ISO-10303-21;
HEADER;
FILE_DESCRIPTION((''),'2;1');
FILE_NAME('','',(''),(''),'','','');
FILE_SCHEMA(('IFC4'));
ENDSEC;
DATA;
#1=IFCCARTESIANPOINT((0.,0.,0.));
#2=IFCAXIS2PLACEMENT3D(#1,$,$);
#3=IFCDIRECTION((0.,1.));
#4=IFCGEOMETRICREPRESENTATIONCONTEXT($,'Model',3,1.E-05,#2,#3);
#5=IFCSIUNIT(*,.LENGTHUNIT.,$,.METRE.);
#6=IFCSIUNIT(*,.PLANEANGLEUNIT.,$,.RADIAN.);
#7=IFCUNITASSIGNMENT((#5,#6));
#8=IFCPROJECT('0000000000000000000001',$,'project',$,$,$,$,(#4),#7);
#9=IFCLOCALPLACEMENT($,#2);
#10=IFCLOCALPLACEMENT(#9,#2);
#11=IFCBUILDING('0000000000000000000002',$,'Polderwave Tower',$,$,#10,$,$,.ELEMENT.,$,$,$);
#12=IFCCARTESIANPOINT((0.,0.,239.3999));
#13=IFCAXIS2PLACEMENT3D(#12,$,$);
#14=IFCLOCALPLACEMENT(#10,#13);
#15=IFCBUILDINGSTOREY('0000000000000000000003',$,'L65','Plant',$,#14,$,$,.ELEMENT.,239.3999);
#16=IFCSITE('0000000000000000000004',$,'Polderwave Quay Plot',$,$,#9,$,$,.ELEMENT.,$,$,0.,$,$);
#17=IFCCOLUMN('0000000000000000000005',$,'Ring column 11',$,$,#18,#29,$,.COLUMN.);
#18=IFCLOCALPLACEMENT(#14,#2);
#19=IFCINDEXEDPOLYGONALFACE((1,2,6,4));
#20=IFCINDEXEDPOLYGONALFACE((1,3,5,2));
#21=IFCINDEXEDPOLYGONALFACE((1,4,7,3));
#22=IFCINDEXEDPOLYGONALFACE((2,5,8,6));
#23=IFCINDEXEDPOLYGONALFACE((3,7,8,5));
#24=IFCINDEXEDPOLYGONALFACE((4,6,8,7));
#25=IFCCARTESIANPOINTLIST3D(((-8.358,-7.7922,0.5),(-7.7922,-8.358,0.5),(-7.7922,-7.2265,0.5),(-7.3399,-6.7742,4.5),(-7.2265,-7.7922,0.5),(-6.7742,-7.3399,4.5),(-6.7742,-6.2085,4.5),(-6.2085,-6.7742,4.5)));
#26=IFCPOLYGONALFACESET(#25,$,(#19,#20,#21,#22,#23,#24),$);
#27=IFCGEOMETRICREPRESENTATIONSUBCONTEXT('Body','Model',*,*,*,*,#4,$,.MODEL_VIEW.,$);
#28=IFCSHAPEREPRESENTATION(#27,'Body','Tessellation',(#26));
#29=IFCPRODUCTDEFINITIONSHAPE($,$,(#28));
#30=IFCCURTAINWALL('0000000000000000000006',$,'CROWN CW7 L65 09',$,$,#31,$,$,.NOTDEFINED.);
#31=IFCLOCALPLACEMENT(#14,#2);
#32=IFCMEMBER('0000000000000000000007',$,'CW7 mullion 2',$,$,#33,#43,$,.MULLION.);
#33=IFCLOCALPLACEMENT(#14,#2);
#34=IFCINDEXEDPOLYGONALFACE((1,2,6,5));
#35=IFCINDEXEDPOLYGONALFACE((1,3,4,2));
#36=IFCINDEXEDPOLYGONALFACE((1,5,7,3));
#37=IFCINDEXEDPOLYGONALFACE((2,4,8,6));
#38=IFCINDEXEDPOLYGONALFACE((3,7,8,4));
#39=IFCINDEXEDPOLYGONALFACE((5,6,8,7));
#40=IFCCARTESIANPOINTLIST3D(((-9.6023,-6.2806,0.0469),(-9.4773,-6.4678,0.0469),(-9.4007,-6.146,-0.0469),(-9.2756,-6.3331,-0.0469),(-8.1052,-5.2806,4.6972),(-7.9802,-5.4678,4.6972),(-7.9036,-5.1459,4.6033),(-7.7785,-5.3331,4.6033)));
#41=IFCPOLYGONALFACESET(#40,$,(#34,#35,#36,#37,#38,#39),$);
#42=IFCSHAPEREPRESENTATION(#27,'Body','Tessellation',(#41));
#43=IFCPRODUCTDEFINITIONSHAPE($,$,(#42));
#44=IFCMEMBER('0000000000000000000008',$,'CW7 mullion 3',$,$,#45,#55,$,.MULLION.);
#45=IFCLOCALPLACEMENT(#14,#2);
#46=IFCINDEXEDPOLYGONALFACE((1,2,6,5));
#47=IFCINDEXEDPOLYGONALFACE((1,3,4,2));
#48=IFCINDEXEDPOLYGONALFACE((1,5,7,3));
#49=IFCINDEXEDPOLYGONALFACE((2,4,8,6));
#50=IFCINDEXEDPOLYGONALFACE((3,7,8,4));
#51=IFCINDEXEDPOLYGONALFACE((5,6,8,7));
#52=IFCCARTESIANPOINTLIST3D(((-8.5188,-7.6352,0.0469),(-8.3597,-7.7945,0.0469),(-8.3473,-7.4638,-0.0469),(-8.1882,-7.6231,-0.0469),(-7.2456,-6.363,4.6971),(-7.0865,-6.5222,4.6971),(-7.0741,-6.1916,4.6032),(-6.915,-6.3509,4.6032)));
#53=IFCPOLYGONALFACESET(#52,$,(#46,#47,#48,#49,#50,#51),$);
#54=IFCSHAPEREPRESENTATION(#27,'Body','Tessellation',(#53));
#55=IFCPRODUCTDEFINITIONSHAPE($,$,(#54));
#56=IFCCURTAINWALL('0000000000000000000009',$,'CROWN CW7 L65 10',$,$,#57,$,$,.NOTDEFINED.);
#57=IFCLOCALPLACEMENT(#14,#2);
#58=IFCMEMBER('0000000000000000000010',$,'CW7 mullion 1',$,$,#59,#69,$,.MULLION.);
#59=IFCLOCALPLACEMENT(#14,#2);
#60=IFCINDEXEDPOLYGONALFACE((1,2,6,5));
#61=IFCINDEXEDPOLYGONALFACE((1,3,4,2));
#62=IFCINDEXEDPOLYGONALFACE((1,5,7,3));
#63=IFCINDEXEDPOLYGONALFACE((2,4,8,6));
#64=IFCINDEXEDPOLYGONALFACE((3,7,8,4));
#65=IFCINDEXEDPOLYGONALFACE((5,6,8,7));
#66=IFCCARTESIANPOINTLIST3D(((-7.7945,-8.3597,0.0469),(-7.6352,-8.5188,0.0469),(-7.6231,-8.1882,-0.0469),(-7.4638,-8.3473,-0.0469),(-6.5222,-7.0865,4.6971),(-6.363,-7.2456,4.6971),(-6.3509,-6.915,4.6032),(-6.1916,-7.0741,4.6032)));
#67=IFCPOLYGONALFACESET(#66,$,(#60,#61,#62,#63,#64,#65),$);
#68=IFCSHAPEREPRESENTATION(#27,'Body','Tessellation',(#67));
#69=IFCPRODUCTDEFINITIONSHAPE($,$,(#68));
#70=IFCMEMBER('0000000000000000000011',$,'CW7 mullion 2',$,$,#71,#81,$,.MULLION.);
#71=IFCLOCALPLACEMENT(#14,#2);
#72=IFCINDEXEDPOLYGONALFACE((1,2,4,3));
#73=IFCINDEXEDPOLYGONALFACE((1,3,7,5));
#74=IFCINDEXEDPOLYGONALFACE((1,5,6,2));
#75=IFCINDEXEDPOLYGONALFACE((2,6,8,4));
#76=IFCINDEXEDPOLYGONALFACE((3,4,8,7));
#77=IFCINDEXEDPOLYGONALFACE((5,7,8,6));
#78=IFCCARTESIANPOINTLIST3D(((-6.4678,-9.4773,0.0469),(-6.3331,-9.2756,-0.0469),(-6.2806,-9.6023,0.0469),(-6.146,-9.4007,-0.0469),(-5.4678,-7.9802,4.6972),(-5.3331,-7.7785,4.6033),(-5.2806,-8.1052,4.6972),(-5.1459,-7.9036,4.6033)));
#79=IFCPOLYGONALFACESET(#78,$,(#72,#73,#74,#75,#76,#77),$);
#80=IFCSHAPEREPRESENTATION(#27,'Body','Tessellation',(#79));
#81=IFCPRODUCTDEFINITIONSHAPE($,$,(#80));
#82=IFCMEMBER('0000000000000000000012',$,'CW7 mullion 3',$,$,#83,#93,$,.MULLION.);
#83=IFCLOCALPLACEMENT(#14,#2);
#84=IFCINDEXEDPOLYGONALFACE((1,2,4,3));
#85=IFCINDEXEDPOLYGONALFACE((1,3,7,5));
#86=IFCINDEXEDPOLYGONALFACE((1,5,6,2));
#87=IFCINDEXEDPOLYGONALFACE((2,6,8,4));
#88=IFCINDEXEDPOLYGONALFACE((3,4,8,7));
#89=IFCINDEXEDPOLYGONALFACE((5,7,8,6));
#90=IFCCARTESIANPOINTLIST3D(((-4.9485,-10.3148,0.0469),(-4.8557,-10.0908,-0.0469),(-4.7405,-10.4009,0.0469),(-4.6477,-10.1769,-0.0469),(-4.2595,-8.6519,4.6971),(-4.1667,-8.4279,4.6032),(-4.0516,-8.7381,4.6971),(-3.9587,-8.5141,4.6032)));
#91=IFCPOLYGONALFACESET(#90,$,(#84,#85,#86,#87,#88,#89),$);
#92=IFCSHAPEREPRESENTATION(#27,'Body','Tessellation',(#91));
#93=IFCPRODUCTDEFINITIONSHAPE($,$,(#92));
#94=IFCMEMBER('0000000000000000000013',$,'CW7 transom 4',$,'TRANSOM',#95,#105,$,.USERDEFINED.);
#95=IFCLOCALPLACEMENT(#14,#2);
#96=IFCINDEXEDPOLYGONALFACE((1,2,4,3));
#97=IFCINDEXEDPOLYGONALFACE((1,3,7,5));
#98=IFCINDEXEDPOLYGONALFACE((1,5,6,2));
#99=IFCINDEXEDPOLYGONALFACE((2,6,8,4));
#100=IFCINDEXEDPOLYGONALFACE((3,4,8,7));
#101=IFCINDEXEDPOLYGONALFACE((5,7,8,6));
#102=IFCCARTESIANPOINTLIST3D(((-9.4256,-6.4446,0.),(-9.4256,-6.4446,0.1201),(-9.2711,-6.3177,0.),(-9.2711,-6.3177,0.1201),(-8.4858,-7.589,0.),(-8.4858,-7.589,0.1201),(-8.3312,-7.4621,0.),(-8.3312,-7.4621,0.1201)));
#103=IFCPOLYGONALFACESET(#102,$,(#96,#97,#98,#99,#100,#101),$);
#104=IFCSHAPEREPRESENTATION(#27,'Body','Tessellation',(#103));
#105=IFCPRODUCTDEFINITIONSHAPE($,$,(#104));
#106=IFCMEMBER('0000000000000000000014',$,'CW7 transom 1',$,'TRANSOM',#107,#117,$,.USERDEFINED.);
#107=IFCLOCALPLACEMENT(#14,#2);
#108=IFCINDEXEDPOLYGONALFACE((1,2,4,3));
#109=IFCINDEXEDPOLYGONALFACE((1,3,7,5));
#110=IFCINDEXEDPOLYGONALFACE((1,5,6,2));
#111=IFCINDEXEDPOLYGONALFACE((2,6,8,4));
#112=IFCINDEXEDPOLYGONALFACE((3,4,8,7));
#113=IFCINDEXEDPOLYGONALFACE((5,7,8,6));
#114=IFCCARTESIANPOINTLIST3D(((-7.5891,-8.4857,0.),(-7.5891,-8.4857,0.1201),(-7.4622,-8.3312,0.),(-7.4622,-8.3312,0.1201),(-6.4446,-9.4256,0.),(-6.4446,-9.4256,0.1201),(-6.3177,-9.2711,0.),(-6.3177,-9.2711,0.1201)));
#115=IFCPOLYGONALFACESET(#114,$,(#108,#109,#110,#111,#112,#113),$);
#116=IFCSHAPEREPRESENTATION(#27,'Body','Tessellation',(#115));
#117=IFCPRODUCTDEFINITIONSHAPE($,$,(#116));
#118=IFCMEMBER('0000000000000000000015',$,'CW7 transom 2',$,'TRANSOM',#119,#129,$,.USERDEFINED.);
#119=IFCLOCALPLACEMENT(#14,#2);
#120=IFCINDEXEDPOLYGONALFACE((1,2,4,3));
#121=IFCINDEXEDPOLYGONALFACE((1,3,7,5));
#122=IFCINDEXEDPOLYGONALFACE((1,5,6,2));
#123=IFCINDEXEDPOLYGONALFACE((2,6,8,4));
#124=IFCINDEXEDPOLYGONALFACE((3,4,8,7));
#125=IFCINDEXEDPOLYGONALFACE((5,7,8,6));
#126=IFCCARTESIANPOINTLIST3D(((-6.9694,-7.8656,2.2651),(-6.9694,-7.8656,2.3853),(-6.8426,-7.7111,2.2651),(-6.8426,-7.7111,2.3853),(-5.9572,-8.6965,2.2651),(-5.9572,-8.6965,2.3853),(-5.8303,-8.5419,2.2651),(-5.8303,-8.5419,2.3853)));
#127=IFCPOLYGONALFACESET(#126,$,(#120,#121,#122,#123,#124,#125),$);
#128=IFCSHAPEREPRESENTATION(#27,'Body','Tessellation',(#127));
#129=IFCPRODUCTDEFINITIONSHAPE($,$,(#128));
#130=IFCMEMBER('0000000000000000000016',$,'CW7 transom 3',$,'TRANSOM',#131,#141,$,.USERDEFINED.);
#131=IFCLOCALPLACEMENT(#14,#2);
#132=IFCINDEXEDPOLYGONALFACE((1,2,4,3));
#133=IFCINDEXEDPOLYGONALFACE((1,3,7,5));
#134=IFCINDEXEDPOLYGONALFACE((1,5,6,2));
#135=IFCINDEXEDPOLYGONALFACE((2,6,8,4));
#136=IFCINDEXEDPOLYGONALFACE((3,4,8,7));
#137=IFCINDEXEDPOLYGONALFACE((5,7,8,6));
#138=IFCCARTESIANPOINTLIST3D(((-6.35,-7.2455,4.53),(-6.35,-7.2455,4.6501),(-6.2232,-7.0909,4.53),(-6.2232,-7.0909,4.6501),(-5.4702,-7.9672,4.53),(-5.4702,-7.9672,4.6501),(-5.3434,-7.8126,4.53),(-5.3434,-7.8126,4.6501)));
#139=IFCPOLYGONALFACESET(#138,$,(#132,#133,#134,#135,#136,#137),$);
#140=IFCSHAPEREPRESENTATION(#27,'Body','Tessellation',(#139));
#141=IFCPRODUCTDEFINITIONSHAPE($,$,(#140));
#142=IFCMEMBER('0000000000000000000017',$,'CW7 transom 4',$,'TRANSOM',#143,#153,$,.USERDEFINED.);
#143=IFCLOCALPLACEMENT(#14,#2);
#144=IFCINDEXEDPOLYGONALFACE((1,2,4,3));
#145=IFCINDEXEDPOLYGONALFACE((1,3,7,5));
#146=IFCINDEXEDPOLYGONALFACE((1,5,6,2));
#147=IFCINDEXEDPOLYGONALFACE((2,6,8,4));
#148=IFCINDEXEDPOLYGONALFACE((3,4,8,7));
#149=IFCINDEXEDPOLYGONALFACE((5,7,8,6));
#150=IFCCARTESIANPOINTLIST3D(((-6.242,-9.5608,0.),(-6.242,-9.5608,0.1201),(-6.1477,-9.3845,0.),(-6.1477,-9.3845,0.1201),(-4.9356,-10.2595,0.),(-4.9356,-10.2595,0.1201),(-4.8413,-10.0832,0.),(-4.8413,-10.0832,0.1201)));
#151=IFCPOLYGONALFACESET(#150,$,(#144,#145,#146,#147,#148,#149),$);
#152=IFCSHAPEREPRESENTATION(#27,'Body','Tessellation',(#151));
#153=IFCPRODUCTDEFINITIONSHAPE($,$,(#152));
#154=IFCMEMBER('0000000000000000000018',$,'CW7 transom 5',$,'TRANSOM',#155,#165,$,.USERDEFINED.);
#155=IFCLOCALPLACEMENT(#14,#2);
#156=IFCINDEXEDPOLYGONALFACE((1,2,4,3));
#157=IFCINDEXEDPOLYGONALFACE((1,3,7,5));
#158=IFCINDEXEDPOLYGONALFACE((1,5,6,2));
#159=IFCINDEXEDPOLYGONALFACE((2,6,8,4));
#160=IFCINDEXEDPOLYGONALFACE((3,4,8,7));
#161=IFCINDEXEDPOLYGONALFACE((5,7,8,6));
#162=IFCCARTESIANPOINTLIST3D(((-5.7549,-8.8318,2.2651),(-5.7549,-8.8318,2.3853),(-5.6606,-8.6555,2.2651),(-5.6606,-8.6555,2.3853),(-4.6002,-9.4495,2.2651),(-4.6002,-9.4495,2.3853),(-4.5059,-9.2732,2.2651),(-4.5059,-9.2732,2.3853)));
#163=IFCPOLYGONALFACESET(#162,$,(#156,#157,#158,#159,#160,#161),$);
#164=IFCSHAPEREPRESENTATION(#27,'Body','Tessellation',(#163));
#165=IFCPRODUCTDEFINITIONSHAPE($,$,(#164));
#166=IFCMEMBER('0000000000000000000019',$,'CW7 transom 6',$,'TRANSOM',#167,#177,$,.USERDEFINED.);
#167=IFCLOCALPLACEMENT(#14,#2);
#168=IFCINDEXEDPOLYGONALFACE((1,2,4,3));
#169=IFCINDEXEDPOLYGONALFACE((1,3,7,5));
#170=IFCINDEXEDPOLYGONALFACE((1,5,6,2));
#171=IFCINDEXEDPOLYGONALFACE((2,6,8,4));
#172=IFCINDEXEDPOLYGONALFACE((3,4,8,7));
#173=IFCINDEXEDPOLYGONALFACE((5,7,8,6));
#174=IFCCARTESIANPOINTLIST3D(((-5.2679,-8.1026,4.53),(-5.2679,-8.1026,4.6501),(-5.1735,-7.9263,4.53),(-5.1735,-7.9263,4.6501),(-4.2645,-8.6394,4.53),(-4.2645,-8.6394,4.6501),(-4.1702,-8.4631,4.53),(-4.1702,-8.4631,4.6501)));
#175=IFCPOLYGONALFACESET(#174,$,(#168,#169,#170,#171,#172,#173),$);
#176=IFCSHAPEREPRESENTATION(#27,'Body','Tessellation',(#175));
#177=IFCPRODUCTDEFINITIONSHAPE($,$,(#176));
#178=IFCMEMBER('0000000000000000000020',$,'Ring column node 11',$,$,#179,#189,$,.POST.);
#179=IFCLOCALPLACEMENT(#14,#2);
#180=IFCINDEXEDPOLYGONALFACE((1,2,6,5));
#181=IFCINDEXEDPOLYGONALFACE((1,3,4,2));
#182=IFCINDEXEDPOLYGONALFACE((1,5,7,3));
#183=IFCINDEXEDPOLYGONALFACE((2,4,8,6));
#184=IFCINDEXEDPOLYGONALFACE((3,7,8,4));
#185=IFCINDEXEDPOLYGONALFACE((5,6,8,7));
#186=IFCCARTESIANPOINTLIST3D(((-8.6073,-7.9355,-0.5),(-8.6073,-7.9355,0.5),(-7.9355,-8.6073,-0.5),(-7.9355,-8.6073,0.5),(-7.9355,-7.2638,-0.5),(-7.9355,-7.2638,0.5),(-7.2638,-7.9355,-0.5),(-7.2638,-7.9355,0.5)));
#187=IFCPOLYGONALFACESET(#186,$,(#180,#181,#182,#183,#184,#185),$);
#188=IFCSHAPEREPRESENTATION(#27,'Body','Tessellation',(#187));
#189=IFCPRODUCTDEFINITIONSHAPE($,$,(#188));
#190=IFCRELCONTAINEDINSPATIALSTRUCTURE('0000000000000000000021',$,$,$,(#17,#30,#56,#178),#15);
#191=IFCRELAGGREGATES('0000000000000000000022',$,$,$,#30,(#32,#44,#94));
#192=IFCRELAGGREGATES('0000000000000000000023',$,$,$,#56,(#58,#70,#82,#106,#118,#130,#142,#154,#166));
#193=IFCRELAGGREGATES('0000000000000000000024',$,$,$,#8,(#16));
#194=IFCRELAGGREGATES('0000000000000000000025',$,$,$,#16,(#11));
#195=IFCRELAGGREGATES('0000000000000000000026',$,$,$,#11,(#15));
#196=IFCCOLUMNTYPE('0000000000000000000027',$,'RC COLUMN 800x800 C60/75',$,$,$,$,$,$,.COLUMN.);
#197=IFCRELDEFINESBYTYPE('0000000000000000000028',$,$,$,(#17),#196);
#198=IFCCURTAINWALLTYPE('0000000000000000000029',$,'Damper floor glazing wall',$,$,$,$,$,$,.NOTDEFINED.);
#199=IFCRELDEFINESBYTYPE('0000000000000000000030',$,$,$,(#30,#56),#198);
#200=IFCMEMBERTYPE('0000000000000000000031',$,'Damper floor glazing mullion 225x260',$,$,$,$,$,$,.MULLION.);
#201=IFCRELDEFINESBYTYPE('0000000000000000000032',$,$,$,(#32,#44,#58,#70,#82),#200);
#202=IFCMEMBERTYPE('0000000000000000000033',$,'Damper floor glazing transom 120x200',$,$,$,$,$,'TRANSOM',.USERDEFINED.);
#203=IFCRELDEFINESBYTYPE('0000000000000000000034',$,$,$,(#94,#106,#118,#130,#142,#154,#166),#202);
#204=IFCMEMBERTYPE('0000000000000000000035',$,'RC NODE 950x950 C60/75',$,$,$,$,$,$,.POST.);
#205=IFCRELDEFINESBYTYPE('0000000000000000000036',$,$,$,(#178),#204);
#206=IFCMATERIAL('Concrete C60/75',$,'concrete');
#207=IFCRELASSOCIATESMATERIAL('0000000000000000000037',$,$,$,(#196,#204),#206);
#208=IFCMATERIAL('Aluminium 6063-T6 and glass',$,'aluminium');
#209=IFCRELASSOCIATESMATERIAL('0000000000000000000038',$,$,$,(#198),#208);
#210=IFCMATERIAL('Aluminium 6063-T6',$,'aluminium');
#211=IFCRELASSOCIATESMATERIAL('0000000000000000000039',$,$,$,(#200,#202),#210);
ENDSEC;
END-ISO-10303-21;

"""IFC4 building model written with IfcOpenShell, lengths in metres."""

from ifc_helpers import new_model, si_unit, direction, frame, origin, origin_2d, place, context, subcontext, project, spatial, rectangle, extrude, material, material_profile, profile_set, type_object, element, aggregate, save


model = new_model("IFC4")

# Units and contexts
model_context = context("Model", 3, precision=1e-05, world=origin(), true_north=direction((0.0, 1.0)))
body_context = subcontext(model_context, "Body", "Model", "MODEL_VIEW")
ifc_project = project(units=[si_unit("LENGTHUNIT", "METRE"), si_unit("PLANEANGLEUNIT", "RADIAN")], contexts=[model_context])

# Site, building, storey
site_placement = place(None, origin())
site = spatial("IfcSite", under=ifc_project, at=site_placement, Name="Polderwave Quay Plot", CompositionType="ELEMENT", RefElevation=0.0)
building_placement = place(site_placement, origin())
building = spatial("IfcBuilding", under=site, at=building_placement, Name="Polderwave Tower", CompositionType="ELEMENT")
storey_placement = place(building_placement, frame((0.0, 0.0, 239.3999)))
storey = spatial("IfcBuildingStorey", under=building, at=storey_placement, Name="L65", Description="Plant", CompositionType="ELEMENT", Elevation=239.3999)

# Column
ifc_material_1 = material(Name="Concrete C60/75", Category="concrete")
ifc_material_profile_1 = material_profile(ifc_material_1, rectangle(XDim=0.8, YDim=0.8, at=origin_2d()), Name="RC 800x800")
ifc_profile_set_1 = profile_set([ifc_material_profile_1], Name="Concrete C60/75")
column_type = type_object("IfcColumnType", Name="RC COLUMN 800x800 C60/75", PredefinedType="COLUMN", material=ifc_profile_set_1)
column_placement = place(storey_placement, frame((-7.7922, -7.7922, 0.5), z_axis=(0.0, 0.0, 1.0), x_axis=(-0.707107, 0.707107, 0.0)))
element("IfcColumn", 1, at=column_placement, inside=storey, type_object=column_type, Name="Ring column 11", PredefinedType="COLUMN", context=body_context, shape_type="SweptSolid", body=[
    extrude(rectangle(XDim=0.8, YDim=0.8, at=origin_2d()), origin(), (0.0, -0.33867, 0.940905), 4.2512),
])

# Curtain walls, members
ifc_material_2 = material(Name="Aluminium 6063-T6 and glass", Category="aluminium")
curtain_wall_type = type_object("IfcCurtainWallType", Name="Damper floor glazing wall", PredefinedType="NOTDEFINED", material=ifc_material_2)
curtain_wall_1_placement = place(storey_placement, origin())
curtain_wall_1 = element("IfcCurtainWall", 2, at=curtain_wall_1_placement, inside=storey, type_object=curtain_wall_type, Name="CROWN CW7 L65 09", PredefinedType="NOTDEFINED")
ifc_material_3 = material(Name="Aluminium 6063-T6", Category="aluminium")
ifc_material_profile_2 = material_profile(ifc_material_3, rectangle(XDim=0.2251, YDim=0.26, at=origin_2d()), Name="AL 225x260")
ifc_profile_set_2 = profile_set([ifc_material_profile_2], Name="Aluminium 6063-T6")
member_type_1 = type_object("IfcMemberType", Name="Damper floor glazing mullion 225x260", PredefinedType="MULLION", material=ifc_profile_set_2)
member_1_placement = place(storey_placement, frame((-9.439, -6.3069, 0.0), z_axis=(0.300225, 0.200542, 0.932549), x_axis=(-0.555451, 0.831549, 0.0)))
member_1 = element("IfcMember", 3, at=member_1_placement, type_object=member_type_1, Name="CW7 mullion 2", PredefinedType="MULLION", context=body_context, shape_type="SweptSolid", body=[
    extrude(rectangle(XDim=0.2251, YDim=0.26, at=origin_2d()), origin(), (0.0, 0.0, 1.0), 4.9866),
])
member_2_placement = place(storey_placement, frame((-8.3535, -7.6292, 0.0), z_axis=(0.255337, 0.255141, 0.93258), x_axis=(-0.706835, 0.707378, 0.0)))
member_2 = element("IfcMember", 4, at=member_2_placement, type_object=member_type_1, Name="CW7 mullion 3", PredefinedType="MULLION", context=body_context, shape_type="SweptSolid", body=[
    extrude(rectangle(XDim=0.2251, YDim=0.26, at=origin_2d()), origin(), (0.0, 0.0, 1.0), 4.9863),
])
curtain_wall_2_placement = place(storey_placement, origin())
curtain_wall_2 = element("IfcCurtainWall", 5, at=curtain_wall_2_placement, inside=storey, type_object=curtain_wall_type, Name="CROWN CW7 L65 10", PredefinedType="NOTDEFINED")
member_3_placement = place(storey_placement, frame((-7.6292, -8.3535, 0.0), z_axis=(0.255141, 0.255337, 0.93258), x_axis=(-0.707378, 0.706835, 0.0)))
member_3 = element("IfcMember", 6, at=member_3_placement, type_object=member_type_1, Name="CW7 mullion 1", PredefinedType="MULLION", context=body_context, shape_type="SweptSolid", body=[
    extrude(rectangle(XDim=0.2251, YDim=0.26, at=origin_2d()), origin(), (0.0, 0.0, 1.0), 4.9863),
])
member_4_placement = place(storey_placement, frame((-6.3069, -9.439, 0.0), z_axis=(0.200542, 0.300225, 0.932549), x_axis=(-0.831549, 0.555451, 0.0)))
member_4 = element("IfcMember", 7, at=member_4_placement, type_object=member_type_1, Name="CW7 mullion 2", PredefinedType="MULLION", context=body_context, shape_type="SweptSolid", body=[
    extrude(rectangle(XDim=0.2251, YDim=0.26, at=origin_2d()), origin(), (0.0, 0.0, 1.0), 4.9866),
])
member_5_placement = place(storey_placement, frame((-4.7981, -10.2458, 0.0), z_axis=(0.13817, 0.333479, 0.932577), x_axis=(-0.923842, 0.382775, 0.0)))
member_5 = element("IfcMember", 8, at=member_5_placement, type_object=member_type_1, Name="CW7 mullion 3", PredefinedType="MULLION", context=body_context, shape_type="SweptSolid", body=[
    extrude(rectangle(XDim=0.2251, YDim=0.26, at=origin_2d()), origin(), (0.0, 0.0, 1.0), 4.9863),
])

# Members
ifc_material_profile_3 = material_profile(ifc_material_3, rectangle(XDim=0.2, YDim=0.1201, at=origin_2d()), Name="AL 120x200")
ifc_profile_set_3 = profile_set([ifc_material_profile_3], Name="Aluminium 6063-T6")
member_type_2 = type_object("IfcMemberType", Name="Damper floor glazing transom 120x200", ElementType="TRANSOM", PredefinedType="USERDEFINED", material=ifc_profile_set_3)
member_6_placement = place(storey_placement, frame((-9.3484, -6.3811, 0.0601), z_axis=(0.634655, -0.772796, 0.0), x_axis=(0.772796, 0.634655, 0.0)))
member_6 = element("IfcMember", 9, at=member_6_placement, type_object=member_type_2, Name="CW7 transom 4", ObjectType="TRANSOM", PredefinedType="USERDEFINED", context=body_context, shape_type="SweptSolid", body=[
    extrude(rectangle(XDim=0.2, YDim=0.1201, at=origin_2d()), origin(), (0.0, 0.0, 1.0), 1.481),
])
member_7_placement = place(storey_placement, frame((-7.5256, -8.4084, 0.0601), z_axis=(0.772796, -0.634655, 0.0), x_axis=(0.634655, 0.772796, 0.0)))
member_7 = element("IfcMember", 10, at=member_7_placement, type_object=member_type_2, Name="CW7 transom 1", ObjectType="TRANSOM", PredefinedType="USERDEFINED", context=body_context, shape_type="SweptSolid", body=[
    extrude(rectangle(XDim=0.2, YDim=0.1201, at=origin_2d()), origin(), (0.0, 0.0, 1.0), 1.481),
])
member_8_placement = place(storey_placement, frame((-6.906, -7.7883, 2.3252), z_axis=(0.772968, -0.634445, 0.0), x_axis=(0.634445, 0.772968, 0.0)))
member_8 = element("IfcMember", 11, at=member_8_placement, type_object=member_type_2, Name="CW7 transom 2", ObjectType="TRANSOM", PredefinedType="USERDEFINED", context=body_context, shape_type="SweptSolid", body=[
    extrude(rectangle(XDim=0.2, YDim=0.1201, at=origin_2d()), origin(), (0.0, 0.0, 1.0), 1.3096),
])
member_9_placement = place(storey_placement, frame((-6.2866, -7.1682, 4.5901), z_axis=(0.773192, -0.634172, 0.0), x_axis=(0.634172, 0.773192, 0.0)))
member_9 = element("IfcMember", 12, at=member_9_placement, type_object=member_type_2, Name="CW7 transom 3", ObjectType="TRANSOM", PredefinedType="USERDEFINED", context=body_context, shape_type="SweptSolid", body=[
    extrude(rectangle(XDim=0.2, YDim=0.1201, at=origin_2d()), origin(), (0.0, 0.0, 1.0), 1.1379),
])
member_10_placement = place(storey_placement, frame((-6.1948, -9.4727, 0.0601), z_axis=(0.881796, -0.471631, 0.0), x_axis=(0.471631, 0.881796, 0.0)))
member_10 = element("IfcMember", 13, at=member_10_placement, type_object=member_type_2, Name="CW7 transom 4", ObjectType="TRANSOM", PredefinedType="USERDEFINED", context=body_context, shape_type="SweptSolid", body=[
    extrude(rectangle(XDim=0.2, YDim=0.1201, at=origin_2d()), origin(), (0.0, 0.0, 1.0), 1.4814),
])
member_11_placement = place(storey_placement, frame((-5.7078, -8.7437, 2.3252), z_axis=(0.881785, -0.471652, 0.0), x_axis=(0.471652, 0.881785, 0.0)))
member_11 = element("IfcMember", 14, at=member_11_placement, type_object=member_type_2, Name="CW7 transom 5", ObjectType="TRANSOM", PredefinedType="USERDEFINED", context=body_context, shape_type="SweptSolid", body=[
    extrude(rectangle(XDim=0.2, YDim=0.1201, at=origin_2d()), origin(), (0.0, 0.0, 1.0), 1.3096),
])
member_12_placement = place(storey_placement, frame((-5.2207, -8.0144, 4.5901), z_axis=(0.881729, -0.471757, 0.0), x_axis=(0.471757, 0.881729, 0.0)))
member_12 = element("IfcMember", 15, at=member_12_placement, type_object=member_type_2, Name="CW7 transom 6", ObjectType="TRANSOM", PredefinedType="USERDEFINED", context=body_context, shape_type="SweptSolid", body=[
    extrude(rectangle(XDim=0.2, YDim=0.1201, at=origin_2d()), origin(), (0.0, 0.0, 1.0), 1.1379),
])
ifc_material_profile_4 = material_profile(ifc_material_1, rectangle(XDim=0.95, YDim=0.95, at=origin_2d()), Name="RC 950x950")
ifc_profile_set_4 = profile_set([ifc_material_profile_4], Name="Concrete C60/75")
member_type_3 = type_object("IfcMemberType", Name="RC NODE 950x950 C60/75", PredefinedType="POST", material=ifc_profile_set_4)
member_13_placement = place(storey_placement, frame((-7.9355, -7.9355, -0.5), z_axis=(0.0, 0.0, 1.0), x_axis=(-0.707107, -0.707107, 0.0)))
element("IfcMember", 16, at=member_13_placement, inside=storey, type_object=member_type_3, Name="Ring column node 11", PredefinedType="POST", context=body_context, shape_type="SweptSolid", body=[
    extrude(rectangle(XDim=0.95, YDim=0.95, at=origin_2d()), origin(), (0.0, 0.0, 1.0), 1.0),
])

aggregate(curtain_wall_1, [member_1, member_2, member_6])
aggregate(curtain_wall_2, [member_3, member_4, member_5, member_7, member_8, member_9, member_10, member_11, member_12])

save(model, "model.ifc")
